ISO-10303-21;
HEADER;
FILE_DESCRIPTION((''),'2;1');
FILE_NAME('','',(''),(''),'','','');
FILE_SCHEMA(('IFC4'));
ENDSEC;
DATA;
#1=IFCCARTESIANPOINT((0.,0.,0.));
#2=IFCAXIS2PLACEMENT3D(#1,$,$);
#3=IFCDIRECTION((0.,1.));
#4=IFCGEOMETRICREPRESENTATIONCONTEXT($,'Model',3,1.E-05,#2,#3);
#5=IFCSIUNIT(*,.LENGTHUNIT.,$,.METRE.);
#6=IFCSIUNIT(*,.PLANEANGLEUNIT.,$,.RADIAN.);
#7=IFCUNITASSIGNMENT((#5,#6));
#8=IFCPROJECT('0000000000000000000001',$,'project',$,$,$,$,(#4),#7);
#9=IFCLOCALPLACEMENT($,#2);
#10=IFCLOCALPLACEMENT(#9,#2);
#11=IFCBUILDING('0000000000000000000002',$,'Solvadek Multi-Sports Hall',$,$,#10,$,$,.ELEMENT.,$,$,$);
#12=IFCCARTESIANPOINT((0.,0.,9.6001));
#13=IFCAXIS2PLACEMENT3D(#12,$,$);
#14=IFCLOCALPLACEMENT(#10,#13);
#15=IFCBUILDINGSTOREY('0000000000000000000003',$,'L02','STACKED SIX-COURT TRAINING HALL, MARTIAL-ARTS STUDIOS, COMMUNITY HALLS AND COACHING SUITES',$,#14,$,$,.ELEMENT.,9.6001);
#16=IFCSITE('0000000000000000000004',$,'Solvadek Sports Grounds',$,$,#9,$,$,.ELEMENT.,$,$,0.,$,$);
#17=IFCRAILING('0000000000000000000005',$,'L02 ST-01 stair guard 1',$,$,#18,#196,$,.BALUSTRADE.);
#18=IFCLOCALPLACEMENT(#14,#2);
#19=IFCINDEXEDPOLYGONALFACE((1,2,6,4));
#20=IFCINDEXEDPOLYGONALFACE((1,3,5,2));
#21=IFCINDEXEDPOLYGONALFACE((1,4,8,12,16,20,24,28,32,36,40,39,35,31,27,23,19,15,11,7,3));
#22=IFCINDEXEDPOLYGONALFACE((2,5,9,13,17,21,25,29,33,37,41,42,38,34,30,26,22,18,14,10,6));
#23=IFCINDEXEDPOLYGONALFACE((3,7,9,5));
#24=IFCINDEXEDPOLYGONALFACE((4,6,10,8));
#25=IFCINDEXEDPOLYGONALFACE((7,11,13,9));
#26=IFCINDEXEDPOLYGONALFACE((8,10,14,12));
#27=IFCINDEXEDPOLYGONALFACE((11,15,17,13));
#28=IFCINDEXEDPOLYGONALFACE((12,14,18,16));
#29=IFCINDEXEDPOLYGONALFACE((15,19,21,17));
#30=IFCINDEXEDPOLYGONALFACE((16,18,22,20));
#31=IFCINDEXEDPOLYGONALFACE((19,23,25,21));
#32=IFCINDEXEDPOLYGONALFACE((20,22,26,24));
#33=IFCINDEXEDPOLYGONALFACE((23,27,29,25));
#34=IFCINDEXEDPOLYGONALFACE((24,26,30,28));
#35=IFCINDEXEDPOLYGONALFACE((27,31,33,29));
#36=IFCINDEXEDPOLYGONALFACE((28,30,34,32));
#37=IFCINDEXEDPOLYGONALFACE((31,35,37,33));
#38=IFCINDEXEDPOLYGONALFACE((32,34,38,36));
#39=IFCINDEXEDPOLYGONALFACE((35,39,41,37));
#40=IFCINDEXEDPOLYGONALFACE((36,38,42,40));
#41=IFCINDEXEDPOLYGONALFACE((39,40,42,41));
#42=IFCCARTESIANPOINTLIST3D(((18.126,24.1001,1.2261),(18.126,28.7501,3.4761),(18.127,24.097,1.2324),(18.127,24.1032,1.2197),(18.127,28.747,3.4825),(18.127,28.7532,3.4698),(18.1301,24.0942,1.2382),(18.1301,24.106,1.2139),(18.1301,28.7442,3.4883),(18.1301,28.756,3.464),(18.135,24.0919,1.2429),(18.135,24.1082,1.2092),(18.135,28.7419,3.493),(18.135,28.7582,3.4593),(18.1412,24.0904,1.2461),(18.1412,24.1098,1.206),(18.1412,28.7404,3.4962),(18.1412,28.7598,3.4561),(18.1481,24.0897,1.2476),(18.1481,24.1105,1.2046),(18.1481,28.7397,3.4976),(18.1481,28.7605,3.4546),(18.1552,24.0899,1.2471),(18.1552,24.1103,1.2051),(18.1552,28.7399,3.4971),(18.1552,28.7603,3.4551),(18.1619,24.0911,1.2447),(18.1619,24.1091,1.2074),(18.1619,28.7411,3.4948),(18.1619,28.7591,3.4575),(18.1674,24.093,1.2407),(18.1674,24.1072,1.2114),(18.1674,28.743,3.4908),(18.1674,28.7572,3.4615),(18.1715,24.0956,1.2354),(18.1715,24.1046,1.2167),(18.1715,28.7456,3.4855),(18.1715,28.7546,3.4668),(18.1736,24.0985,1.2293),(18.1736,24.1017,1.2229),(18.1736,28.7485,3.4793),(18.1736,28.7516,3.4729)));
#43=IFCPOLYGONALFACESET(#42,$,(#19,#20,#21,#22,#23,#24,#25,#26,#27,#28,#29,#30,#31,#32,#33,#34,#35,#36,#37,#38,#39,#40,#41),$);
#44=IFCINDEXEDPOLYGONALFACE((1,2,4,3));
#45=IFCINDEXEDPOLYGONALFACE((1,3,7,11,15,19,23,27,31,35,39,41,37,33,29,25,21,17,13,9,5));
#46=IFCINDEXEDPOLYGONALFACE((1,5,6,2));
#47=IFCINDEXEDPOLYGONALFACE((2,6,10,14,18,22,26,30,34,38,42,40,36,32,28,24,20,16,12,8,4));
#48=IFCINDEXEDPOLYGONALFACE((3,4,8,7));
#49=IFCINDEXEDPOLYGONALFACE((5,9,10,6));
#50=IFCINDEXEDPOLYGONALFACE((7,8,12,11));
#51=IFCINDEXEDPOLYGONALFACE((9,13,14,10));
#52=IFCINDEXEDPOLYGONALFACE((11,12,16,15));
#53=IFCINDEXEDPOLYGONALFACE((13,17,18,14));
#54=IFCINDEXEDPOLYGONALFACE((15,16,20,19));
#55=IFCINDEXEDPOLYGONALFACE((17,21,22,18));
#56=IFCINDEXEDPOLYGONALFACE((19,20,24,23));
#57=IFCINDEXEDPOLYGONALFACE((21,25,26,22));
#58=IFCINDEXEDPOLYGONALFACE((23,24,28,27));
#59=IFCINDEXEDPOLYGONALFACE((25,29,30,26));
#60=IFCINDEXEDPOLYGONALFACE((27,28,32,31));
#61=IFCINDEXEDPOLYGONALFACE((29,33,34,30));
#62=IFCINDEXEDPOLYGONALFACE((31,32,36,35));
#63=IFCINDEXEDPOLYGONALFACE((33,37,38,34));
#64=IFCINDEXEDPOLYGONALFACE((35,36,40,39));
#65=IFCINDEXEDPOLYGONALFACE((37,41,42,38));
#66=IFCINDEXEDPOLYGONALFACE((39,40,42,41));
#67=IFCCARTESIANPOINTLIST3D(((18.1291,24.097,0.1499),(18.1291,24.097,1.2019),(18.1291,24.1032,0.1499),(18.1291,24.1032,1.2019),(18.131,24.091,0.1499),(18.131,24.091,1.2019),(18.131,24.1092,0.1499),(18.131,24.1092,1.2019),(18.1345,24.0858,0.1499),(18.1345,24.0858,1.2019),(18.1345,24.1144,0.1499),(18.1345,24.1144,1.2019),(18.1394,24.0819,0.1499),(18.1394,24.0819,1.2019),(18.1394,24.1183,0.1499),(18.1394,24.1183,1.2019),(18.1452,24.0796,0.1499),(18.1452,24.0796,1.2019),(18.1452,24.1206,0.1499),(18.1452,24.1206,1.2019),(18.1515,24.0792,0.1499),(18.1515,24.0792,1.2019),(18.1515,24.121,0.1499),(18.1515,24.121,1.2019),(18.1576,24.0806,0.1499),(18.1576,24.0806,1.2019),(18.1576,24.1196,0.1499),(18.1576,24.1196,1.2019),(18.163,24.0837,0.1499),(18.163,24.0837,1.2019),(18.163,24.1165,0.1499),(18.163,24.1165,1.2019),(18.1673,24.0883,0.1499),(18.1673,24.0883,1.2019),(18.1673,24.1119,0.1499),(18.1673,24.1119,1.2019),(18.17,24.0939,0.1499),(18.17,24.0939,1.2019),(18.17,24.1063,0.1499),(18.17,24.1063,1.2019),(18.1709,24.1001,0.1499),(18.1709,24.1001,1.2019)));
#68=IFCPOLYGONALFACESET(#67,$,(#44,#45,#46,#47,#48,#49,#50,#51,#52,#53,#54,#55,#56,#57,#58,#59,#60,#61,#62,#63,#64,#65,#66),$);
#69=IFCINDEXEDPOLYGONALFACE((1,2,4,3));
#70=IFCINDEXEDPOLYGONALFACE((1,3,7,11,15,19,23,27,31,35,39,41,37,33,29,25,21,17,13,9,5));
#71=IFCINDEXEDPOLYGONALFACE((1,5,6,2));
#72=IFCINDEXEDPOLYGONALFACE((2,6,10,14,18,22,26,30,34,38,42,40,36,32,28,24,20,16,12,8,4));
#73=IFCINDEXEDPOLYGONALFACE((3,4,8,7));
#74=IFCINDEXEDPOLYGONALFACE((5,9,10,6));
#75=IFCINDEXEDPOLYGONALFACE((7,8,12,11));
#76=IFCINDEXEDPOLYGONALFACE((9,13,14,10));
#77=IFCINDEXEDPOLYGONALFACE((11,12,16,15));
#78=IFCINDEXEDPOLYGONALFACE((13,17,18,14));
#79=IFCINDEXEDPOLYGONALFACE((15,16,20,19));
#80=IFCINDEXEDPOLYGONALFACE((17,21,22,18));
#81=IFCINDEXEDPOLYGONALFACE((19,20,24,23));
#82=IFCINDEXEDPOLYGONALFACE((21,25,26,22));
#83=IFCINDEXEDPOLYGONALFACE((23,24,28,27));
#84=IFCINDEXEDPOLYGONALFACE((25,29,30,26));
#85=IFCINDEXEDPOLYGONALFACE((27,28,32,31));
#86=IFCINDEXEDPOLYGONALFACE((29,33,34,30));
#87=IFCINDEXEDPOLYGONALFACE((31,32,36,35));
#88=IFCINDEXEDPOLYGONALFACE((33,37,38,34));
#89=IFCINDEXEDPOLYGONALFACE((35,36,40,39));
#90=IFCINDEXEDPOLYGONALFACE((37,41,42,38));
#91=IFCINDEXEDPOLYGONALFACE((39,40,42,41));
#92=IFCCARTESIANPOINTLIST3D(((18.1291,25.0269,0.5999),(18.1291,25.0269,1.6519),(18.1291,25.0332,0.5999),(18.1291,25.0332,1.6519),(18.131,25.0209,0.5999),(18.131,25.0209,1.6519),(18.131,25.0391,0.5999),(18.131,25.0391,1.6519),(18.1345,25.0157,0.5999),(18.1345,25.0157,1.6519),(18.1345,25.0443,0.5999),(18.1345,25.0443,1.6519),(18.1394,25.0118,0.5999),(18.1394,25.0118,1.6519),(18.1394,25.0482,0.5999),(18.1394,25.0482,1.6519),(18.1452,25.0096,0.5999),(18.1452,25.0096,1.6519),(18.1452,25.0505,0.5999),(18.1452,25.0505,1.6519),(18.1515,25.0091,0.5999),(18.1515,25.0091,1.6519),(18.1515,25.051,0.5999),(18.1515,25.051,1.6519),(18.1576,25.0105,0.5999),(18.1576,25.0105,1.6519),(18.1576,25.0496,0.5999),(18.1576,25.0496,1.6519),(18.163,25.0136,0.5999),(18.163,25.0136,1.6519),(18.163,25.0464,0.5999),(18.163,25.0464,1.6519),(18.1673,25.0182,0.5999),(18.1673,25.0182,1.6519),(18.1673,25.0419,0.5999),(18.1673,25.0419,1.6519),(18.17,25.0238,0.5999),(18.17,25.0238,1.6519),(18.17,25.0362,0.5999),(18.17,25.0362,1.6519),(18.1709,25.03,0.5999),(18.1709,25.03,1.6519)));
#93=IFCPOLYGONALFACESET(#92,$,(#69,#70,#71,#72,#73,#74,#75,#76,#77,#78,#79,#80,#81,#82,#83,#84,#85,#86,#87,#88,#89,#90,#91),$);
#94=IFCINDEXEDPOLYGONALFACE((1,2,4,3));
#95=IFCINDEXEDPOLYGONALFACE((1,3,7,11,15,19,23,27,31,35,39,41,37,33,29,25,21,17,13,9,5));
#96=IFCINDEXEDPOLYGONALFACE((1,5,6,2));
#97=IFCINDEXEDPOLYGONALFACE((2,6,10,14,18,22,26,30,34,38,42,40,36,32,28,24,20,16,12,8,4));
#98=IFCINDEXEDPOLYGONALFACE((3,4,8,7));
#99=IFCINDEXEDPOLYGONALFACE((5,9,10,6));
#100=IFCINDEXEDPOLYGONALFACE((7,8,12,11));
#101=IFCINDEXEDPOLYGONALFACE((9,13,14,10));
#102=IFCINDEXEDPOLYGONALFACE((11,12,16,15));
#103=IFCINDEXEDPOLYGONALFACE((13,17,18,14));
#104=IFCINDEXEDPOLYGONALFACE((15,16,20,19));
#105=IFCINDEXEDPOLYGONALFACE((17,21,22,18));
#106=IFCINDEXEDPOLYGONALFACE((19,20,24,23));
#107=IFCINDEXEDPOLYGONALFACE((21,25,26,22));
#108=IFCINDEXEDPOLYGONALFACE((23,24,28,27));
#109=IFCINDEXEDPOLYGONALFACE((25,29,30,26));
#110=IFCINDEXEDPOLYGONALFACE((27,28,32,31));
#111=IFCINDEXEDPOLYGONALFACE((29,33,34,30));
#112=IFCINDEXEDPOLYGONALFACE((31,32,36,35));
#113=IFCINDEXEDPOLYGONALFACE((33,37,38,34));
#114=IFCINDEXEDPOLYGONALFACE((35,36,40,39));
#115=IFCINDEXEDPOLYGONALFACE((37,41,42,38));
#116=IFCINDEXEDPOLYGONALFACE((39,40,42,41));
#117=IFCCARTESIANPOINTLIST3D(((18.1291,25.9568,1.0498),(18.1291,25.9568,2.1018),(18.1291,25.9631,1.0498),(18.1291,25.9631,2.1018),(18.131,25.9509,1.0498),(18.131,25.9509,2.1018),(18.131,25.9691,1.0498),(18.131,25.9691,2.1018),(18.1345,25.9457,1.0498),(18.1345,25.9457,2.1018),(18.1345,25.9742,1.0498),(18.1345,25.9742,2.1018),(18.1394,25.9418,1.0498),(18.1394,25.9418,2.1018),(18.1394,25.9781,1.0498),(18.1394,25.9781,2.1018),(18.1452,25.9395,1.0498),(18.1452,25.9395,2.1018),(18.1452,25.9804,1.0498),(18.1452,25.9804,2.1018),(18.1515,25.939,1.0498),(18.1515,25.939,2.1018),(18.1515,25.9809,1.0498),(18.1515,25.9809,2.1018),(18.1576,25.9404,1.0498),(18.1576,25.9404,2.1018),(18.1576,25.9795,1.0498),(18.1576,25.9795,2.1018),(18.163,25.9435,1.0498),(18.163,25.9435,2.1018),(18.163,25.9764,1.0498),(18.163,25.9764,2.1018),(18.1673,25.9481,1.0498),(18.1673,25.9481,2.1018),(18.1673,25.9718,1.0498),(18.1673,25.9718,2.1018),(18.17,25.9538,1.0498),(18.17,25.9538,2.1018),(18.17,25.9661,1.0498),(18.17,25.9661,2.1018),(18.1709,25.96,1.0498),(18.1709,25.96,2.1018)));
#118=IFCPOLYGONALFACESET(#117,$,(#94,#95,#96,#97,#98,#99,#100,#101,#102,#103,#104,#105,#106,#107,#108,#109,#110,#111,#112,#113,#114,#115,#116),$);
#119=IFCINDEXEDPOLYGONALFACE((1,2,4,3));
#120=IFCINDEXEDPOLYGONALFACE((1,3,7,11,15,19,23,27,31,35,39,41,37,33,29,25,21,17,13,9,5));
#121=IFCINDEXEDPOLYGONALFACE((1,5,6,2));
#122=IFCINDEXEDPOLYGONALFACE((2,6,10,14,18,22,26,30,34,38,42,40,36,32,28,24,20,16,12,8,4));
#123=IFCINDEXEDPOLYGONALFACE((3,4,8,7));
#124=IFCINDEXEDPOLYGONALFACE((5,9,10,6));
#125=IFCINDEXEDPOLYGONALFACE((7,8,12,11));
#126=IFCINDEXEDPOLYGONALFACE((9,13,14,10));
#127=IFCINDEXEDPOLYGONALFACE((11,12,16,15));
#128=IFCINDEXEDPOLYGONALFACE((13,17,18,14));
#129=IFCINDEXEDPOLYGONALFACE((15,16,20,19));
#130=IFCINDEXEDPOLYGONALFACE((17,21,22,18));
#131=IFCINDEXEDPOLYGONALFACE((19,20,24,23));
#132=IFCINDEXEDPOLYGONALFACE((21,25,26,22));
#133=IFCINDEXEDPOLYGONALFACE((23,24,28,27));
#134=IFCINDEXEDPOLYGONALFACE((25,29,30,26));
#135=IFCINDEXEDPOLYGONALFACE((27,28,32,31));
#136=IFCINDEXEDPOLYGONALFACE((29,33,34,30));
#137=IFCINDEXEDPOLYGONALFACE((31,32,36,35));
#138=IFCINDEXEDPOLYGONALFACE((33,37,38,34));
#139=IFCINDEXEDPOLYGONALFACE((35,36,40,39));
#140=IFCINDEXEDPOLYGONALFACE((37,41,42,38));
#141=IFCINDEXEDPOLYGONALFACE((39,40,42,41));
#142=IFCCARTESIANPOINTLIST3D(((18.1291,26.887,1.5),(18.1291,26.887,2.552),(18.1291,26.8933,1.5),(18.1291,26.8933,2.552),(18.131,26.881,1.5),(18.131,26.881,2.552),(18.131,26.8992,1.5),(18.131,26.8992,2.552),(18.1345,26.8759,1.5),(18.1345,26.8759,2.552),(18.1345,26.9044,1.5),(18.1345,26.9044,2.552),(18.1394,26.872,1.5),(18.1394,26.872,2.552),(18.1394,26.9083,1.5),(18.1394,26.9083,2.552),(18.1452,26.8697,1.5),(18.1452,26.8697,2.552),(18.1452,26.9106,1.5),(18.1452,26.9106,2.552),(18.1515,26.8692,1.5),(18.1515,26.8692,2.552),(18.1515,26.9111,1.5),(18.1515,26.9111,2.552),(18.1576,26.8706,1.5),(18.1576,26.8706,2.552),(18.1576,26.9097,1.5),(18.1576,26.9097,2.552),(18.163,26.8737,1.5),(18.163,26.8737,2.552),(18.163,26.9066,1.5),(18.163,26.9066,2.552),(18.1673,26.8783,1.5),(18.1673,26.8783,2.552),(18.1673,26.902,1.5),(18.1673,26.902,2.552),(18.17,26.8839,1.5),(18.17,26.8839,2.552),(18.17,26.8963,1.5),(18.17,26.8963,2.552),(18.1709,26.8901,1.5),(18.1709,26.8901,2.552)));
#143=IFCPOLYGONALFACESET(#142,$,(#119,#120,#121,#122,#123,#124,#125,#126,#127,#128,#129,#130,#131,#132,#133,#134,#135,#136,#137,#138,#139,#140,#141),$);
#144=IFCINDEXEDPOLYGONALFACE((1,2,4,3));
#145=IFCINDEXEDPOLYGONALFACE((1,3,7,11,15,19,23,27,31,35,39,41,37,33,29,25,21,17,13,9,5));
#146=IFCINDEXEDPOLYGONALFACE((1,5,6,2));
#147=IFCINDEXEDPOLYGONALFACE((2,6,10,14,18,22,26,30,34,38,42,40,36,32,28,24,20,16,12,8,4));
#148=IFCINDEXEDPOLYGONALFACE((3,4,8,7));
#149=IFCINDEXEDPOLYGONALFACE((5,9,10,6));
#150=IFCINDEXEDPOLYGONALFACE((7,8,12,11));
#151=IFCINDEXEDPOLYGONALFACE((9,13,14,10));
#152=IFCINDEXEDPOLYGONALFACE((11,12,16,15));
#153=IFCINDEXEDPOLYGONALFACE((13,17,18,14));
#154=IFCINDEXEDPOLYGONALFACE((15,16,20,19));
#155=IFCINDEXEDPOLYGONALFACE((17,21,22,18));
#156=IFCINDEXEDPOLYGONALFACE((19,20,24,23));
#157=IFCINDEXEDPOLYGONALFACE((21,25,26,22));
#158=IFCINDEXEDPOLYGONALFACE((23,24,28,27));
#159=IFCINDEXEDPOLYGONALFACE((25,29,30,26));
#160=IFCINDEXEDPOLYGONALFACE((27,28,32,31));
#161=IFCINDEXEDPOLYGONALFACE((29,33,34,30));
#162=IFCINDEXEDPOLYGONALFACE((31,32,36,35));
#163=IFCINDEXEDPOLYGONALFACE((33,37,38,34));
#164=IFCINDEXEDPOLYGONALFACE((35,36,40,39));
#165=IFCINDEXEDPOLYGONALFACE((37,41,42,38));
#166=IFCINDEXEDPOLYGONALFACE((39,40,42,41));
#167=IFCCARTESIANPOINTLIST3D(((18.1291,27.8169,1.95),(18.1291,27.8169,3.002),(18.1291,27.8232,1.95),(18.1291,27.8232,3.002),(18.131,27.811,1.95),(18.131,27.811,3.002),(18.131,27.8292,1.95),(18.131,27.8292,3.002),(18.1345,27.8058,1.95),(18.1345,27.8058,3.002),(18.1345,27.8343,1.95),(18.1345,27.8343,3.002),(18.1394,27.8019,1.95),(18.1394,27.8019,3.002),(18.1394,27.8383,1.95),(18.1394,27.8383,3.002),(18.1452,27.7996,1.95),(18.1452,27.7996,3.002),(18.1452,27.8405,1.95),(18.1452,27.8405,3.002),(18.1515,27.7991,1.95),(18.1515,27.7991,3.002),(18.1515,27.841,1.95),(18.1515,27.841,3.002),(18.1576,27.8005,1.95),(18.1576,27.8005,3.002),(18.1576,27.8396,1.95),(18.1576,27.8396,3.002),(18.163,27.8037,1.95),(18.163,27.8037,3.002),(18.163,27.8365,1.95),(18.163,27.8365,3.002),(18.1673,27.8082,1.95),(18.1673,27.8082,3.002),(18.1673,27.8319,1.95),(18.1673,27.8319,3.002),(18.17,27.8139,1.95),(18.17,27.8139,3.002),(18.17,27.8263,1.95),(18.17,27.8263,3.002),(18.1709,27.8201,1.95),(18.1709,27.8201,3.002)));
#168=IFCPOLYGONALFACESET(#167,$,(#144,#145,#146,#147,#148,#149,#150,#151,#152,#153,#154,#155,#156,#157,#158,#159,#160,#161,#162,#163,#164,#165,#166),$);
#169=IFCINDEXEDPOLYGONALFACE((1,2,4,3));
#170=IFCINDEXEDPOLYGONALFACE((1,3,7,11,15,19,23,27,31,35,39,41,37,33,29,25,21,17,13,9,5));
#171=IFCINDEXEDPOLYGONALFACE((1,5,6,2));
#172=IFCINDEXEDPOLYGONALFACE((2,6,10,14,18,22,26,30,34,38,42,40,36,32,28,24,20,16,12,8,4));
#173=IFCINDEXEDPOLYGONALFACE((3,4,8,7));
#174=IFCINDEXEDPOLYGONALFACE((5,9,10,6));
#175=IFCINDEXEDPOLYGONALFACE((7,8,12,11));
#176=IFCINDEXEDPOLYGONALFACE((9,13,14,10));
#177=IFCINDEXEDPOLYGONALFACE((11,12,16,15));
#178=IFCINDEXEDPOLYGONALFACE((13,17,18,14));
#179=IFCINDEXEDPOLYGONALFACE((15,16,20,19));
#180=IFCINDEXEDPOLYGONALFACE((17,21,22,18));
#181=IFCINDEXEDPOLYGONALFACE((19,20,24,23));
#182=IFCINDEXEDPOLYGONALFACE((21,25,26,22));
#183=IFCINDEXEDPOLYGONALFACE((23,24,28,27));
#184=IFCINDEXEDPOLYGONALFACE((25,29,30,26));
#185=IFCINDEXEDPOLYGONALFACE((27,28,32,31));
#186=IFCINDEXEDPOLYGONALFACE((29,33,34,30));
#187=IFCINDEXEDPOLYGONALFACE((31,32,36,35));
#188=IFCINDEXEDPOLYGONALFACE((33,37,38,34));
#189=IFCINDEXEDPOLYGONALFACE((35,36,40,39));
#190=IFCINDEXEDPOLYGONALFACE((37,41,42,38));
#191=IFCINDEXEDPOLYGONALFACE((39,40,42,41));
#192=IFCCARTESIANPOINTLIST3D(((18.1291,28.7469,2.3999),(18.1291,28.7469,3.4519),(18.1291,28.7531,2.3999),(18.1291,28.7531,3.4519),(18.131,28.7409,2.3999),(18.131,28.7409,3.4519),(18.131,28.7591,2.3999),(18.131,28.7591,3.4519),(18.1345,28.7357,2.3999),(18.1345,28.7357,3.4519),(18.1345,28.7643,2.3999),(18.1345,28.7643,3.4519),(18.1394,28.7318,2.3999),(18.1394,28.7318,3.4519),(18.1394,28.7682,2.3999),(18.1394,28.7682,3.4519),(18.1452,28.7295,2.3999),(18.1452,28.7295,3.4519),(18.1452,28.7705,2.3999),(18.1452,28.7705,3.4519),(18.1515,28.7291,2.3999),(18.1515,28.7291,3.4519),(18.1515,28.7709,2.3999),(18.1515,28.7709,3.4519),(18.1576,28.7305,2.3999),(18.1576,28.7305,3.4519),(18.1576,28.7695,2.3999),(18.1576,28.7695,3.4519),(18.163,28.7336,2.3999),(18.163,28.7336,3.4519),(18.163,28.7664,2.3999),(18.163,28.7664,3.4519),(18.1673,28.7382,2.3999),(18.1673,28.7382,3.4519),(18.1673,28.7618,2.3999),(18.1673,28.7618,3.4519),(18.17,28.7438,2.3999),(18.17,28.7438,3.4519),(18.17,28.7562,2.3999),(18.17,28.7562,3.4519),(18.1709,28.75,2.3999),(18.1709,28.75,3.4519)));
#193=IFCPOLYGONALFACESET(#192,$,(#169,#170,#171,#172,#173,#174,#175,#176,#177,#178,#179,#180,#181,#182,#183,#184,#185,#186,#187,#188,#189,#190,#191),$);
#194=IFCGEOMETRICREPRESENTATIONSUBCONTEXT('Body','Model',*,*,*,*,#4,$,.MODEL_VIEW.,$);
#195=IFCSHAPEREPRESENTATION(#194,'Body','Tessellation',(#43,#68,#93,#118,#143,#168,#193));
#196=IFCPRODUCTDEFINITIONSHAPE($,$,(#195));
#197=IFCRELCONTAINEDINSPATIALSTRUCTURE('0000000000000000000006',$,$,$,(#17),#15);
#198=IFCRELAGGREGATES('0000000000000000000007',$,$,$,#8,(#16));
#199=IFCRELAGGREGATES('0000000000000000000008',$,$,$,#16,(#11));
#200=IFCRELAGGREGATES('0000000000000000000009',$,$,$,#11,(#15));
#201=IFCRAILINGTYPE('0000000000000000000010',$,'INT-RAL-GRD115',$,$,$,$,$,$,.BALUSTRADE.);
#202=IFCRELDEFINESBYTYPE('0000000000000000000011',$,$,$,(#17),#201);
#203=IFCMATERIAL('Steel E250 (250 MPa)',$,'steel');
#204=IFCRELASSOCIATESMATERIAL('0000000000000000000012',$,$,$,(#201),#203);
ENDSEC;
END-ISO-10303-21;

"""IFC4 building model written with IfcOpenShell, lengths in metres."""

from ifc_helpers import new_model, si_unit, direction, frame, origin, origin_2d, place, context, subcontext, project, spatial, circle, extrude, material, type_object, element, save


model = new_model("IFC4")

# Units and contexts
model_context = context("Model", 3, precision=1e-05, world=origin(), true_north=direction((0.0, 1.0)))
body_context = subcontext(model_context, "Body", "Model", "MODEL_VIEW")
ifc_project = project(units=[si_unit("LENGTHUNIT", "METRE"), si_unit("PLANEANGLEUNIT", "RADIAN")], contexts=[model_context])

# Site, building, storey
site_placement = place(None, origin())
site = spatial("IfcSite", under=ifc_project, at=site_placement, Name="Solvadek Sports Grounds", CompositionType="ELEMENT", RefElevation=0.0)
building_placement = place(site_placement, origin())
building = spatial("IfcBuilding", under=site, at=building_placement, Name="Solvadek Multi-Sports Hall", CompositionType="ELEMENT")
storey_placement = place(building_placement, frame((0.0, 0.0, 9.6001)))
storey = spatial("IfcBuildingStorey", under=building, at=storey_placement, Name="L02", Description="STACKED SIX-COURT TRAINING HALL, MARTIAL-ARTS STUDIOS, COMMUNITY HALLS AND COACHING SUITES", CompositionType="ELEMENT", Elevation=9.6001)

# Railing
ifc_material_1 = material(Name="Steel E250 (250 MPa)", Category="steel")
railing_type_1 = type_object("IfcRailingType", Name="INT-RAL-GRD115", PredefinedType="BALUSTRADE", material=ifc_material_1)
railing_1_placement = place(storey_placement, frame((18.1499, 24.1001, 0.1499)))
element("IfcRailing", 1, at=railing_1_placement, inside=storey, type_object=railing_type_1, Name="L02 ST-01 stair guard 1", PredefinedType="BALUSTRADE", context=body_context, shape_type="SweptSolid", body=[
    extrude(circle(Radius=0.0239, at=origin_2d()), frame((0.0, 0.0, 1.0762), z_axis=(0.0, 0.900156, 0.435568), x_axis=(-1.0, 0.0, 0.0)), (0.0, 0.0, 1.0), 5.1658),
    extrude(circle(Radius=0.021, at=origin_2d()), origin(), (0.0, 0.0, 1.0), 1.052),
    extrude(circle(Radius=0.021, at=origin_2d()), frame((0.0, 0.9299, 0.45)), (0.0, 0.0, 1.0), 1.052),
    extrude(circle(Radius=0.021, at=origin_2d()), frame((0.0, 1.8599, 0.8999)), (0.0, 0.0, 1.0), 1.052),
    extrude(circle(Radius=0.021, at=origin_2d()), frame((0.0, 2.79, 1.3501)), (0.0, 0.0, 1.0), 1.052),
    extrude(circle(Radius=0.021, at=origin_2d()), frame((0.0, 3.72, 1.8)), (0.0, 0.0, 1.0), 1.052),
    extrude(circle(Radius=0.021, at=origin_2d()), frame((0.0, 4.6499, 2.25)), (0.0, 0.0, 1.0), 1.052),
])

save(model, "model.ifc")
